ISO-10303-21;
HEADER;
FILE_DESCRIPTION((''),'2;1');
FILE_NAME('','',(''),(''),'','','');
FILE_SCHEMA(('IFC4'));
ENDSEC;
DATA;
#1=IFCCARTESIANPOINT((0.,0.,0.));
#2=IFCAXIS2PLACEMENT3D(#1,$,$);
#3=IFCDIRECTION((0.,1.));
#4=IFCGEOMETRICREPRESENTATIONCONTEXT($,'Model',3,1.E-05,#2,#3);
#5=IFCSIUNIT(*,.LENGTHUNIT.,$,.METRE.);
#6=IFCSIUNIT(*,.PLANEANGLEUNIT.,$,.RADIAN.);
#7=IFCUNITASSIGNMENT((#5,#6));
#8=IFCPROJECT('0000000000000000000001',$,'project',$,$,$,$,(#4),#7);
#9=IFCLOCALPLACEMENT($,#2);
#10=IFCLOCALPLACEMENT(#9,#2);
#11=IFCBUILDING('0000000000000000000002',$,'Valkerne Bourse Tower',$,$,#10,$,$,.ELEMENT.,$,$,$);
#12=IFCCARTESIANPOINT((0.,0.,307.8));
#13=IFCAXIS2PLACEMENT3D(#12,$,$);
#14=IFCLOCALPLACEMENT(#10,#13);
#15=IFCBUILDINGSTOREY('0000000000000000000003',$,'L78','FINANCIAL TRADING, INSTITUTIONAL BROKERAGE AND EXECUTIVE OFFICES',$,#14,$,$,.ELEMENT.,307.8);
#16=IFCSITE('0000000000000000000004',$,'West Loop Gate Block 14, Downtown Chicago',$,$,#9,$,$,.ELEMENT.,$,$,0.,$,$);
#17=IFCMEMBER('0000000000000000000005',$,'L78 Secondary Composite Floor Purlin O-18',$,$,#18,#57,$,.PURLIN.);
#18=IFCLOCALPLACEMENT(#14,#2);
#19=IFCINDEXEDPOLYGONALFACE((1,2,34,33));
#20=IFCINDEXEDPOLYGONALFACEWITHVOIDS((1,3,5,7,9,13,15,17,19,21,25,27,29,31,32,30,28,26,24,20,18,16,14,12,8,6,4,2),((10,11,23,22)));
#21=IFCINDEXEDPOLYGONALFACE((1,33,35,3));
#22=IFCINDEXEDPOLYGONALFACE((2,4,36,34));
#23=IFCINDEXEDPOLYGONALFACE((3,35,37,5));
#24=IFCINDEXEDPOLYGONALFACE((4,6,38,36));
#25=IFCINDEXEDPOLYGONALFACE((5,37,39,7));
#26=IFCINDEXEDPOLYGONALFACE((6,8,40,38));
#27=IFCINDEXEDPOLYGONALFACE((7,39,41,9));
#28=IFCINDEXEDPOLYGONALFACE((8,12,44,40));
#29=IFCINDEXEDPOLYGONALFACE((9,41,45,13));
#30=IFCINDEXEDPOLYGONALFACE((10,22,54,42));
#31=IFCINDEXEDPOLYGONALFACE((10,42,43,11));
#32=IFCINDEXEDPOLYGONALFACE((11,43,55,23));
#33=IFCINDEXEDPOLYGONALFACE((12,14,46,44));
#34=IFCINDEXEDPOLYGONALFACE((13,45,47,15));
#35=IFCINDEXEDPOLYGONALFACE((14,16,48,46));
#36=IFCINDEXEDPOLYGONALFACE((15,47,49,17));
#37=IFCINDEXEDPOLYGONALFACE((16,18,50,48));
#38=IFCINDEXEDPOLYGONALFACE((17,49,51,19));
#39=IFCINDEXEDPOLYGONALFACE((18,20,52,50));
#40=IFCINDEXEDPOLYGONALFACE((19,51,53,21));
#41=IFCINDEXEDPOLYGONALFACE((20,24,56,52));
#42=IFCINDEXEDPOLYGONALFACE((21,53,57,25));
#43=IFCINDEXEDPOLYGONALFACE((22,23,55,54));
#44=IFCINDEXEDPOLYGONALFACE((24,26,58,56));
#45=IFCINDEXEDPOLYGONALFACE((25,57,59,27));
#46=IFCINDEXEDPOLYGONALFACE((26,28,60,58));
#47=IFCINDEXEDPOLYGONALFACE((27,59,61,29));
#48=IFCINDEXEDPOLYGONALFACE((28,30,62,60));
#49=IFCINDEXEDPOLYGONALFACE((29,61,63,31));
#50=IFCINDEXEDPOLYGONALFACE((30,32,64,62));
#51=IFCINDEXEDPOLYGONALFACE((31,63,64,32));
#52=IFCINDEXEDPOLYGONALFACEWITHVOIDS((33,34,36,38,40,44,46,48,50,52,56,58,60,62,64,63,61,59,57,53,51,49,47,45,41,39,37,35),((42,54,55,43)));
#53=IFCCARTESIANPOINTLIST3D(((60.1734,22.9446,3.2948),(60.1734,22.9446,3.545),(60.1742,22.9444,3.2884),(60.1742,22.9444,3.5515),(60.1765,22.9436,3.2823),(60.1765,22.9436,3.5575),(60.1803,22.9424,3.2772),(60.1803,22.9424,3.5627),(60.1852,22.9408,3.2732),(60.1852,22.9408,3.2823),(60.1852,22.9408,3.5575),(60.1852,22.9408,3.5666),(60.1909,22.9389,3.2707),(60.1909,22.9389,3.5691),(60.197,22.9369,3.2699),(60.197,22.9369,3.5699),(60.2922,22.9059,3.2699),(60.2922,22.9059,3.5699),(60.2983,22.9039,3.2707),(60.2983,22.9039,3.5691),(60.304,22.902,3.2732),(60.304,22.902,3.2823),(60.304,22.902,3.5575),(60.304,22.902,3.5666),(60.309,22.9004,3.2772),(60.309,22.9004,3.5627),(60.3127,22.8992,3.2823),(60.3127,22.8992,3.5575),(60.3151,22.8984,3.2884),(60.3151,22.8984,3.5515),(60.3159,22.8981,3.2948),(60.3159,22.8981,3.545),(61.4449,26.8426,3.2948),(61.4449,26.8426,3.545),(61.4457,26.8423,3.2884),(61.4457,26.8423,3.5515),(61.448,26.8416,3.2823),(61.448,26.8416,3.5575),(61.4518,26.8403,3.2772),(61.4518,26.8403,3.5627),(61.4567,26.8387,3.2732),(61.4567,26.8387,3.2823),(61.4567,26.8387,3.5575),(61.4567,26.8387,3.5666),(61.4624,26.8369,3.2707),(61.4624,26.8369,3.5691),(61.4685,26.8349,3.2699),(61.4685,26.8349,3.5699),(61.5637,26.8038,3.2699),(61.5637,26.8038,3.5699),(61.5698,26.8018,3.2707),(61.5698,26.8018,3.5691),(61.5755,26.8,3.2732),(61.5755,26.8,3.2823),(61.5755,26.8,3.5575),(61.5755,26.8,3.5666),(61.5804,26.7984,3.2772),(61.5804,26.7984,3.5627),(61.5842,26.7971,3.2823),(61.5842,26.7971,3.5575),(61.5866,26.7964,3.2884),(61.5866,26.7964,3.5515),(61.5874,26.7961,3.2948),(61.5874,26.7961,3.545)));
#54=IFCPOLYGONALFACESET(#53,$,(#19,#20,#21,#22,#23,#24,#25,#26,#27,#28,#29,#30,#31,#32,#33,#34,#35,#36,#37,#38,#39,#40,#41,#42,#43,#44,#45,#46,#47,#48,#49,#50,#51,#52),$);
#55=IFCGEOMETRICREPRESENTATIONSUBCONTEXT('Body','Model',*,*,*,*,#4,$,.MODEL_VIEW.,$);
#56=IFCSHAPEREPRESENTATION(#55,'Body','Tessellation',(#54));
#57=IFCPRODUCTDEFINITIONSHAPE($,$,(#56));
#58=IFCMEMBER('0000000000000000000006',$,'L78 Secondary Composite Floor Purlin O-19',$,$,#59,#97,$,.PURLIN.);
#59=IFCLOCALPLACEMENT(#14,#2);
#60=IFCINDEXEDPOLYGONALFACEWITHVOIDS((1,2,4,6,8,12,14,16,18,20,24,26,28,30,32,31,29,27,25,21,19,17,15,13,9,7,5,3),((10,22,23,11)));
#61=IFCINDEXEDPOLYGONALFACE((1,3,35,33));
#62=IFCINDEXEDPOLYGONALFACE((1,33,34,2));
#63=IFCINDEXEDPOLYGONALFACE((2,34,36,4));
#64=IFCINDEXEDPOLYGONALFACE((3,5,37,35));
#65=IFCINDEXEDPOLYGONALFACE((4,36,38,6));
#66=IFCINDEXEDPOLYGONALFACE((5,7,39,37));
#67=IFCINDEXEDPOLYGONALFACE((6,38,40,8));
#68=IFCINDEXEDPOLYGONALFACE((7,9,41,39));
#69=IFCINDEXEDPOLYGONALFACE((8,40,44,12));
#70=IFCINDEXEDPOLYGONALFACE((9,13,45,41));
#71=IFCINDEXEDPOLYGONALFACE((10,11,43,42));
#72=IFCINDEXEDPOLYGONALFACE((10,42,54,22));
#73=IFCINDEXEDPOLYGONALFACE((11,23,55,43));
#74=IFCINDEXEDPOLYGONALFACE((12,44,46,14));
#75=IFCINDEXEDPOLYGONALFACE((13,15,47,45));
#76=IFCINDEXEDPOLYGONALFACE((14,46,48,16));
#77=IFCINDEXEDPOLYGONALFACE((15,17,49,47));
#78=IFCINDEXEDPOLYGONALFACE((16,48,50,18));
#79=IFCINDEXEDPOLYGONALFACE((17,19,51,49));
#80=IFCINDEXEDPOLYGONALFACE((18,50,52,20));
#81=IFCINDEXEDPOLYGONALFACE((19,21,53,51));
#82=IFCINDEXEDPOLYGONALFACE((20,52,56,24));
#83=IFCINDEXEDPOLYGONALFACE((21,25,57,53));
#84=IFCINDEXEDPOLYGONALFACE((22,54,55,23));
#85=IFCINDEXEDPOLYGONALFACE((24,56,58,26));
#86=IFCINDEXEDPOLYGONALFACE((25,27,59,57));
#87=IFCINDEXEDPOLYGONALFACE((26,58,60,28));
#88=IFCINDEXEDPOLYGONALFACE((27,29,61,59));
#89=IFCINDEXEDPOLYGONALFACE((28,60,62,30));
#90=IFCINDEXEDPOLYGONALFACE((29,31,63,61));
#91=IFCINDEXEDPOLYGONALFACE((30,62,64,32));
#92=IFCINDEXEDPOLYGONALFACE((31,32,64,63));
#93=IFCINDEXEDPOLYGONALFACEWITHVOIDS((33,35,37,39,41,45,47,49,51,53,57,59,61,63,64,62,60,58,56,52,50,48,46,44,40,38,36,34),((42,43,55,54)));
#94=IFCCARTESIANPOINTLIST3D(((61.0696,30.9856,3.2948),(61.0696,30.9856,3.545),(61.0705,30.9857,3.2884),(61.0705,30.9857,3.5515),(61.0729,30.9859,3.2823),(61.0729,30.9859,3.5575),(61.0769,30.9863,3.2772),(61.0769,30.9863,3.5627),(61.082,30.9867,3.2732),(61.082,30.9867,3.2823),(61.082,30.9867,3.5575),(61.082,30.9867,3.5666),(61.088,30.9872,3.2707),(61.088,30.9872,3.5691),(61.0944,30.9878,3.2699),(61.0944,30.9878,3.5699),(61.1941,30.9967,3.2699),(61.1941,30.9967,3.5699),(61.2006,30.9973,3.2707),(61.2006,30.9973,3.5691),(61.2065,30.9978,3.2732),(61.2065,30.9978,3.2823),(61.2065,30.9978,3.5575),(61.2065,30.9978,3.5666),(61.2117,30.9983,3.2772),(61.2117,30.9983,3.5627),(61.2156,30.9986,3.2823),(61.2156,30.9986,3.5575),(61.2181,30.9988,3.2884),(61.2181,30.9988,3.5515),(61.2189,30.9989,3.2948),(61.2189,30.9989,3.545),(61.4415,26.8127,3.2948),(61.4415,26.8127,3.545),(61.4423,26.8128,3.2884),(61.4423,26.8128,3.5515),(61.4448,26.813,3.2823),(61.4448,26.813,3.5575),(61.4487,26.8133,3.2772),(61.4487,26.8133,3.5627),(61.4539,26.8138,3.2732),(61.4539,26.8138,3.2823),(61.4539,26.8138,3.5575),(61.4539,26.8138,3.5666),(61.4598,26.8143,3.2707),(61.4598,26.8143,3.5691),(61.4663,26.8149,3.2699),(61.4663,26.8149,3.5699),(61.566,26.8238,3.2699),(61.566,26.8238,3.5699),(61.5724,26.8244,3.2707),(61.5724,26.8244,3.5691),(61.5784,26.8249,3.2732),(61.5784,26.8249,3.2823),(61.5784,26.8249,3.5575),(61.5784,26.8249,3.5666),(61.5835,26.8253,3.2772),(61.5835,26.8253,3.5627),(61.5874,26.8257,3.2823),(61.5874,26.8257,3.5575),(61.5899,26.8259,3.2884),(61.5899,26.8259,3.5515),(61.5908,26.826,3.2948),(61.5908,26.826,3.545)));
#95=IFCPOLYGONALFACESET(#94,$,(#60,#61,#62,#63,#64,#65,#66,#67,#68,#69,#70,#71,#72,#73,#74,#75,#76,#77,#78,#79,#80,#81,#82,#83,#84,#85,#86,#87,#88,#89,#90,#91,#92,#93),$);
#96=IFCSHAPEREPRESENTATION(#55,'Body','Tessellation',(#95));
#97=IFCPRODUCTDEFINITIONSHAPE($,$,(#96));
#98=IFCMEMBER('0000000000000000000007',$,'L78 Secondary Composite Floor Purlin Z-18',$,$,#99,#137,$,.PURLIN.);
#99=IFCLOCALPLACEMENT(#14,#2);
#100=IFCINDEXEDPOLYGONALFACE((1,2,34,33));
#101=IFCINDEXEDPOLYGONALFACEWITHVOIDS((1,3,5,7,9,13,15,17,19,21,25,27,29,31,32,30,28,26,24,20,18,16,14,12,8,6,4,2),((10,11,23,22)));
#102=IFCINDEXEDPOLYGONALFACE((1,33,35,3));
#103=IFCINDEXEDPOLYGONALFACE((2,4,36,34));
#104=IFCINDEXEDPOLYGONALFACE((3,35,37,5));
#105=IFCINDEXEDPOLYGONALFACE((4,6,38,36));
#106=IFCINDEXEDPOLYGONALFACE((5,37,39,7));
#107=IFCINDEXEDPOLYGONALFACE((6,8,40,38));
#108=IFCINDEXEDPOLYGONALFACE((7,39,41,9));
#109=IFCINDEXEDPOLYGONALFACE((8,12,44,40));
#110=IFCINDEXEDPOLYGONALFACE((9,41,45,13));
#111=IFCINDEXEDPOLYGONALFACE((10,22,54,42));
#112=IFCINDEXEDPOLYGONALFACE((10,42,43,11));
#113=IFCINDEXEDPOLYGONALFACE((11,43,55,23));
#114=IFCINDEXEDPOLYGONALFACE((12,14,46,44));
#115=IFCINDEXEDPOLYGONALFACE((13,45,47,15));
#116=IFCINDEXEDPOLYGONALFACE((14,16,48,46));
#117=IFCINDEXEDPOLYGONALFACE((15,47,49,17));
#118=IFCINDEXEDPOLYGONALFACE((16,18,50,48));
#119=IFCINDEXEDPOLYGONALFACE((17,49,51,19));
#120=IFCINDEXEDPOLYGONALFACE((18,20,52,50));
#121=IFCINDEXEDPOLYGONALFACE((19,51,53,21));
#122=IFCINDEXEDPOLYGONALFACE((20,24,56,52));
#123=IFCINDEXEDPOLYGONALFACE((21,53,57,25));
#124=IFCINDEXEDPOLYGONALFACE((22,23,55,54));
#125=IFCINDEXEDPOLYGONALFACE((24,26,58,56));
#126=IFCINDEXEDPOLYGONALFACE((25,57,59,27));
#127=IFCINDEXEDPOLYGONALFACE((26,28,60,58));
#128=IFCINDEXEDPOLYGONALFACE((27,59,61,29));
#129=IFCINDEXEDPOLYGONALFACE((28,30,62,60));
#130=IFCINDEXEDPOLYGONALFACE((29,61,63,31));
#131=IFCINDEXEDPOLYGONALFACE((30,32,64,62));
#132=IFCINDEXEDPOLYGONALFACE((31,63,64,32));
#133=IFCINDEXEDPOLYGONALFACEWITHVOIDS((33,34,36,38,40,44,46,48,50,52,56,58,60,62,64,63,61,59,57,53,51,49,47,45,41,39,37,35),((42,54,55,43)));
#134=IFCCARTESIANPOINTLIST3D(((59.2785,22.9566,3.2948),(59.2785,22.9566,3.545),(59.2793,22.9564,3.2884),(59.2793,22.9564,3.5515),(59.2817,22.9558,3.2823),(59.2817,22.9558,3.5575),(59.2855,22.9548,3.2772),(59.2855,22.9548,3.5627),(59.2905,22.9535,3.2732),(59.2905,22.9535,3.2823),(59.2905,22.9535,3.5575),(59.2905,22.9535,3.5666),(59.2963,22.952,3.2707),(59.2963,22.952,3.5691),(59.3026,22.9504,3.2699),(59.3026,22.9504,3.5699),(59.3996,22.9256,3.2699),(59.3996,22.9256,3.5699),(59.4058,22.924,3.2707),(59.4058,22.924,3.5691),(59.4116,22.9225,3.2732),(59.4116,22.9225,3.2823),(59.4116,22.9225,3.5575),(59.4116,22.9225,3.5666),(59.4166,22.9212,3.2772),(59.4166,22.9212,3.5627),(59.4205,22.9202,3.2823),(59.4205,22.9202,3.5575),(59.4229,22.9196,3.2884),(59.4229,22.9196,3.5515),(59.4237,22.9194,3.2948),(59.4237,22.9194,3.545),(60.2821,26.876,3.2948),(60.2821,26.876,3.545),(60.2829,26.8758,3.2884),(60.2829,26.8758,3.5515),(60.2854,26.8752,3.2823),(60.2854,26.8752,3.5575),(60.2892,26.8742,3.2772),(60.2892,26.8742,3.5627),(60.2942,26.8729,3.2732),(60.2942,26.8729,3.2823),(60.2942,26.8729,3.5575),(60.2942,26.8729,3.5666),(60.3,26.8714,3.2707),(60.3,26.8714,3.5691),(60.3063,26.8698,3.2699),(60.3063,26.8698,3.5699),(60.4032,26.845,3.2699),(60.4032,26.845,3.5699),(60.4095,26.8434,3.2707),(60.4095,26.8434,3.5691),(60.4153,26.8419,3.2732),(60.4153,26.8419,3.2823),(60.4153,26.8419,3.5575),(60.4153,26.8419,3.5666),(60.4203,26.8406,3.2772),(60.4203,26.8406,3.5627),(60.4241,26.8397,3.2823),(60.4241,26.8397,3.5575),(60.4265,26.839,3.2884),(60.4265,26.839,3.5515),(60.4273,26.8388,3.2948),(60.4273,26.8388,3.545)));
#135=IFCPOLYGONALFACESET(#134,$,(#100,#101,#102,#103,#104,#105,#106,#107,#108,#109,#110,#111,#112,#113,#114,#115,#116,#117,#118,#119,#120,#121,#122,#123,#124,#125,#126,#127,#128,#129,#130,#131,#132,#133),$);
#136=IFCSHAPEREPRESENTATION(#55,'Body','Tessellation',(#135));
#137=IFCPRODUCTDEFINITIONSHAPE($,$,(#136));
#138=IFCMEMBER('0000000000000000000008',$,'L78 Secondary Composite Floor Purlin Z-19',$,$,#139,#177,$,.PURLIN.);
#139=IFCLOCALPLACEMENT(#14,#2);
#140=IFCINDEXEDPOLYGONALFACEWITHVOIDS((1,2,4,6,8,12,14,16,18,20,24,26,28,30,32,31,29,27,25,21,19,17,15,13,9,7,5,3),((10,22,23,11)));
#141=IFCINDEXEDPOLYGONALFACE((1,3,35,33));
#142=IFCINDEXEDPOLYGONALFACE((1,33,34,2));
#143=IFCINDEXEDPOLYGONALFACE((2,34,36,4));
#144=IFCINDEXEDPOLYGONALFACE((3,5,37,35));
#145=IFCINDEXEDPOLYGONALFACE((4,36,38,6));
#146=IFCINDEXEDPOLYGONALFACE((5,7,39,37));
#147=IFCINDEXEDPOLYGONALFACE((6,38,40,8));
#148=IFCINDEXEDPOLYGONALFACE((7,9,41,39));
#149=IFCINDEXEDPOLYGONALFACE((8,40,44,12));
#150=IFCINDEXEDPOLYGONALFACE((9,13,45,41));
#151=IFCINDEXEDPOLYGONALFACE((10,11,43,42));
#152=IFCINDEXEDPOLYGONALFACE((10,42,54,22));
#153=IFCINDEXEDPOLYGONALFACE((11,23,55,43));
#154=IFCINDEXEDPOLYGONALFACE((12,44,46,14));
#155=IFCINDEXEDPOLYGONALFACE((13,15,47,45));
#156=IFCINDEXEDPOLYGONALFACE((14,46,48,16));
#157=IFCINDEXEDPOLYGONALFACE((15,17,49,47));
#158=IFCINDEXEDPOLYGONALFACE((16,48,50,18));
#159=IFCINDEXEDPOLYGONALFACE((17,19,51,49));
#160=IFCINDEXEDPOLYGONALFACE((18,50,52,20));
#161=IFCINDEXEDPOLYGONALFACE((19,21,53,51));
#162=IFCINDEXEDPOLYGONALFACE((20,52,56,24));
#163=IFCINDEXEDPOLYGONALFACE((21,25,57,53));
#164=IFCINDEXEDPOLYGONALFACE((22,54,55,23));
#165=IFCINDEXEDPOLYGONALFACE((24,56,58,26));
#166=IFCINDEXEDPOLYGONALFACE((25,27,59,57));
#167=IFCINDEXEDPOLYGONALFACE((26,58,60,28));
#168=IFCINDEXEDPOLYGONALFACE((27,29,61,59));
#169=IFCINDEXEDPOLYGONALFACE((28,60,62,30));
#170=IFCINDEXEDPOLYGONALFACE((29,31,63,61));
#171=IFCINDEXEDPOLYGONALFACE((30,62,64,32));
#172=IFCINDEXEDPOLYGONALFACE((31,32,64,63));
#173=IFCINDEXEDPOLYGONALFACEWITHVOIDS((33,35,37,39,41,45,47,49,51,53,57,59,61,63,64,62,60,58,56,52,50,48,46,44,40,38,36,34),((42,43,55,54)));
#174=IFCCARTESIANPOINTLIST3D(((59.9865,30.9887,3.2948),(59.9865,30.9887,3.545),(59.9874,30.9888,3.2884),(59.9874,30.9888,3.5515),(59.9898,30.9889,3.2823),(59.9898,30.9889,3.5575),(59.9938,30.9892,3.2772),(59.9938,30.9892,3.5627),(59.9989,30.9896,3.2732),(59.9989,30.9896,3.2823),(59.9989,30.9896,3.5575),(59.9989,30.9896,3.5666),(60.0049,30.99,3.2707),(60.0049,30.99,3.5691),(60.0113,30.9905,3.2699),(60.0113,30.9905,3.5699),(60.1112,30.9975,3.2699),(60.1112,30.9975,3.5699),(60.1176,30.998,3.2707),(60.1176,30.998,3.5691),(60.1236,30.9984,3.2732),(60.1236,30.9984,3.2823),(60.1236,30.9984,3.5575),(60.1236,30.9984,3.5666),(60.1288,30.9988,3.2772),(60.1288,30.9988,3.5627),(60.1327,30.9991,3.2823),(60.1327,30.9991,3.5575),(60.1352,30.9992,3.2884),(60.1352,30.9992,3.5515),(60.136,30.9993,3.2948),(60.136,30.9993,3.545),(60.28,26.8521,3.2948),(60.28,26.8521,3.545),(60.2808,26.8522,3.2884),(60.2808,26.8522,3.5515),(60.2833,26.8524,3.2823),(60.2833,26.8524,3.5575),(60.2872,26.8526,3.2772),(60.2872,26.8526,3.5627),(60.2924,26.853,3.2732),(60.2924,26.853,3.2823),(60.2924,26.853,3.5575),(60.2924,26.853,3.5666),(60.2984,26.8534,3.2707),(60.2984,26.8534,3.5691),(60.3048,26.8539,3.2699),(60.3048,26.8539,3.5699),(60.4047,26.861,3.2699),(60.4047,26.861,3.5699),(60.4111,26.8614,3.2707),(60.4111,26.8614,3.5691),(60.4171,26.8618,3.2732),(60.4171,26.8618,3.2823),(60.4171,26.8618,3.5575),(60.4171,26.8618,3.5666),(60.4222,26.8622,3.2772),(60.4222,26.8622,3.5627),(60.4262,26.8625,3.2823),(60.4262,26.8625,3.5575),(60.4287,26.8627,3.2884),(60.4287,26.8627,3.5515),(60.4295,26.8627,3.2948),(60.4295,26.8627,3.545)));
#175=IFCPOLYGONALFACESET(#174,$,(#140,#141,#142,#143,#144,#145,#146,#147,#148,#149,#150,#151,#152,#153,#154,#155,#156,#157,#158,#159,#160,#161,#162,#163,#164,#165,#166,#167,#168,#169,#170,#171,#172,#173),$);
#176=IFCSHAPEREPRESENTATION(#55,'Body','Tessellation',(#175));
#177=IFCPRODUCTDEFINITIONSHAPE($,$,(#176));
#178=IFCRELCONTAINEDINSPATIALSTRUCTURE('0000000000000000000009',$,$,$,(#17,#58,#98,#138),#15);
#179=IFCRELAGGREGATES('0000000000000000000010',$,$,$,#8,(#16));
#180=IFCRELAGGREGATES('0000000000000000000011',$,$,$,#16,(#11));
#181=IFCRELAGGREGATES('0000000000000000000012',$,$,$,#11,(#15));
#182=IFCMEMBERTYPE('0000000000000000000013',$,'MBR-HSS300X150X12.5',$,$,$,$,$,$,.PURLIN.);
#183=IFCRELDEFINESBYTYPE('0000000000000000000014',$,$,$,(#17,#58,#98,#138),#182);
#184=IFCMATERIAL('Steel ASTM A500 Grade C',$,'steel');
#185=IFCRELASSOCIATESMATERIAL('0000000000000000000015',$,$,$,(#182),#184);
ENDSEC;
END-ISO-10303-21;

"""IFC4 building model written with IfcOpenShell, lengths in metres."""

from ifc_helpers import new_model, si_unit, direction, frame, origin, origin_2d, place, context, subcontext, project, spatial, hollow_rectangle, extrude, material, material_profile, profile_set, type_object, element, save


model = new_model("IFC4")

# Units and contexts
model_context = context("Model", 3, precision=1e-05, world=origin(), true_north=direction((0.0, 1.0)))
body_context = subcontext(model_context, "Body", "Model", "MODEL_VIEW")
ifc_project = project(units=[si_unit("LENGTHUNIT", "METRE"), si_unit("PLANEANGLEUNIT", "RADIAN")], contexts=[model_context])

# Site, building, storey
site_placement = place(None, origin())
site = spatial("IfcSite", under=ifc_project, at=site_placement, Name="West Loop Gate Block 14, Downtown Chicago", CompositionType="ELEMENT", RefElevation=0.0)
building_placement = place(site_placement, origin())
building = spatial("IfcBuilding", under=site, at=building_placement, Name="Valkerne Bourse Tower", CompositionType="ELEMENT")
storey_placement = place(building_placement, frame((0.0, 0.0, 307.8)))
storey = spatial("IfcBuildingStorey", under=building, at=storey_placement, Name="L78", Description="FINANCIAL TRADING, INSTITUTIONAL BROKERAGE AND EXECUTIVE OFFICES", CompositionType="ELEMENT", Elevation=307.8)

# Shared definitions
ifc_material_1 = material(Name="Steel ASTM A500 Grade C", Category="steel")

# Members
ifc_material_profile_1 = material_profile(ifc_material_1, hollow_rectangle(XDim=0.1499, YDim=0.3, WallThickness=0.0125, OuterFilletRadius=0.0249, at=origin_2d()), Name="HSS300X150X12.5")
ifc_profile_set_1 = profile_set([ifc_material_profile_1], Name="Steel ASTM A500 Grade C")
member_type_1 = type_object("IfcMemberType", Name="MBR-HSS300X150X12.5", PredefinedType="PURLIN", material=ifc_profile_set_1)
member_1_placement = place(storey_placement, frame((60.2446, 22.9214, 3.4199), z_axis=(0.310112, 0.9507, 0.0), x_axis=(-0.9507, 0.310112, 0.0)))
element("IfcMember", 1, at=member_1_placement, inside=storey, type_object=member_type_1, Name="L78 Secondary Composite Floor Purlin O-18", PredefinedType="PURLIN", context=body_context, shape_type="SweptSolid", body=[
    extrude(hollow_rectangle(XDim=0.1499, YDim=0.3, WallThickness=0.0125, OuterFilletRadius=0.0249, at=origin_2d()), origin(), (0.0, 0.0, 1.0), 4.1001),
])
member_2_placement = place(storey_placement, frame((61.5161, 26.8193, 3.4199), z_axis=(-0.088754, 0.996054, 0.0), x_axis=(-0.996054, -0.088754, 0.0)))
element("IfcMember", 2, at=member_2_placement, inside=storey, type_object=member_type_1, Name="L78 Secondary Composite Floor Purlin O-19", PredefinedType="PURLIN", context=body_context, shape_type="SweptSolid", body=[
    extrude(hollow_rectangle(XDim=0.1499, YDim=0.3, WallThickness=0.0125, OuterFilletRadius=0.0249, at=origin_2d()), origin(), (0.0, 0.0, 1.0), 4.1895),
])
member_3_placement = place(storey_placement, frame((59.3511, 22.938, 3.4199), z_axis=(0.248069, 0.968742, 0.0), x_axis=(-0.968742, 0.248069, 0.0)))
element("IfcMember", 3, at=member_3_placement, inside=storey, type_object=member_type_1, Name="L78 Secondary Composite Floor Purlin Z-18", PredefinedType="PURLIN", context=body_context, shape_type="SweptSolid", body=[
    extrude(hollow_rectangle(XDim=0.1499, YDim=0.3, WallThickness=0.0125, OuterFilletRadius=0.0249, at=origin_2d()), origin(), (0.0, 0.0, 1.0), 4.0459),
])
member_4_placement = place(storey_placement, frame((60.3547, 26.8574, 3.4199), z_axis=(-0.070766, 0.997493, 0.0), x_axis=(-0.997493, -0.070766, 0.0)))
element("IfcMember", 4, at=member_4_placement, inside=storey, type_object=member_type_1, Name="L78 Secondary Composite Floor Purlin Z-19", PredefinedType="PURLIN", context=body_context, shape_type="SweptSolid", body=[
    extrude(hollow_rectangle(XDim=0.1499, YDim=0.3, WallThickness=0.0125, OuterFilletRadius=0.0249, at=origin_2d()), origin(), (0.0, 0.0, 1.0), 4.147),
])

save(model, "model.ifc")
